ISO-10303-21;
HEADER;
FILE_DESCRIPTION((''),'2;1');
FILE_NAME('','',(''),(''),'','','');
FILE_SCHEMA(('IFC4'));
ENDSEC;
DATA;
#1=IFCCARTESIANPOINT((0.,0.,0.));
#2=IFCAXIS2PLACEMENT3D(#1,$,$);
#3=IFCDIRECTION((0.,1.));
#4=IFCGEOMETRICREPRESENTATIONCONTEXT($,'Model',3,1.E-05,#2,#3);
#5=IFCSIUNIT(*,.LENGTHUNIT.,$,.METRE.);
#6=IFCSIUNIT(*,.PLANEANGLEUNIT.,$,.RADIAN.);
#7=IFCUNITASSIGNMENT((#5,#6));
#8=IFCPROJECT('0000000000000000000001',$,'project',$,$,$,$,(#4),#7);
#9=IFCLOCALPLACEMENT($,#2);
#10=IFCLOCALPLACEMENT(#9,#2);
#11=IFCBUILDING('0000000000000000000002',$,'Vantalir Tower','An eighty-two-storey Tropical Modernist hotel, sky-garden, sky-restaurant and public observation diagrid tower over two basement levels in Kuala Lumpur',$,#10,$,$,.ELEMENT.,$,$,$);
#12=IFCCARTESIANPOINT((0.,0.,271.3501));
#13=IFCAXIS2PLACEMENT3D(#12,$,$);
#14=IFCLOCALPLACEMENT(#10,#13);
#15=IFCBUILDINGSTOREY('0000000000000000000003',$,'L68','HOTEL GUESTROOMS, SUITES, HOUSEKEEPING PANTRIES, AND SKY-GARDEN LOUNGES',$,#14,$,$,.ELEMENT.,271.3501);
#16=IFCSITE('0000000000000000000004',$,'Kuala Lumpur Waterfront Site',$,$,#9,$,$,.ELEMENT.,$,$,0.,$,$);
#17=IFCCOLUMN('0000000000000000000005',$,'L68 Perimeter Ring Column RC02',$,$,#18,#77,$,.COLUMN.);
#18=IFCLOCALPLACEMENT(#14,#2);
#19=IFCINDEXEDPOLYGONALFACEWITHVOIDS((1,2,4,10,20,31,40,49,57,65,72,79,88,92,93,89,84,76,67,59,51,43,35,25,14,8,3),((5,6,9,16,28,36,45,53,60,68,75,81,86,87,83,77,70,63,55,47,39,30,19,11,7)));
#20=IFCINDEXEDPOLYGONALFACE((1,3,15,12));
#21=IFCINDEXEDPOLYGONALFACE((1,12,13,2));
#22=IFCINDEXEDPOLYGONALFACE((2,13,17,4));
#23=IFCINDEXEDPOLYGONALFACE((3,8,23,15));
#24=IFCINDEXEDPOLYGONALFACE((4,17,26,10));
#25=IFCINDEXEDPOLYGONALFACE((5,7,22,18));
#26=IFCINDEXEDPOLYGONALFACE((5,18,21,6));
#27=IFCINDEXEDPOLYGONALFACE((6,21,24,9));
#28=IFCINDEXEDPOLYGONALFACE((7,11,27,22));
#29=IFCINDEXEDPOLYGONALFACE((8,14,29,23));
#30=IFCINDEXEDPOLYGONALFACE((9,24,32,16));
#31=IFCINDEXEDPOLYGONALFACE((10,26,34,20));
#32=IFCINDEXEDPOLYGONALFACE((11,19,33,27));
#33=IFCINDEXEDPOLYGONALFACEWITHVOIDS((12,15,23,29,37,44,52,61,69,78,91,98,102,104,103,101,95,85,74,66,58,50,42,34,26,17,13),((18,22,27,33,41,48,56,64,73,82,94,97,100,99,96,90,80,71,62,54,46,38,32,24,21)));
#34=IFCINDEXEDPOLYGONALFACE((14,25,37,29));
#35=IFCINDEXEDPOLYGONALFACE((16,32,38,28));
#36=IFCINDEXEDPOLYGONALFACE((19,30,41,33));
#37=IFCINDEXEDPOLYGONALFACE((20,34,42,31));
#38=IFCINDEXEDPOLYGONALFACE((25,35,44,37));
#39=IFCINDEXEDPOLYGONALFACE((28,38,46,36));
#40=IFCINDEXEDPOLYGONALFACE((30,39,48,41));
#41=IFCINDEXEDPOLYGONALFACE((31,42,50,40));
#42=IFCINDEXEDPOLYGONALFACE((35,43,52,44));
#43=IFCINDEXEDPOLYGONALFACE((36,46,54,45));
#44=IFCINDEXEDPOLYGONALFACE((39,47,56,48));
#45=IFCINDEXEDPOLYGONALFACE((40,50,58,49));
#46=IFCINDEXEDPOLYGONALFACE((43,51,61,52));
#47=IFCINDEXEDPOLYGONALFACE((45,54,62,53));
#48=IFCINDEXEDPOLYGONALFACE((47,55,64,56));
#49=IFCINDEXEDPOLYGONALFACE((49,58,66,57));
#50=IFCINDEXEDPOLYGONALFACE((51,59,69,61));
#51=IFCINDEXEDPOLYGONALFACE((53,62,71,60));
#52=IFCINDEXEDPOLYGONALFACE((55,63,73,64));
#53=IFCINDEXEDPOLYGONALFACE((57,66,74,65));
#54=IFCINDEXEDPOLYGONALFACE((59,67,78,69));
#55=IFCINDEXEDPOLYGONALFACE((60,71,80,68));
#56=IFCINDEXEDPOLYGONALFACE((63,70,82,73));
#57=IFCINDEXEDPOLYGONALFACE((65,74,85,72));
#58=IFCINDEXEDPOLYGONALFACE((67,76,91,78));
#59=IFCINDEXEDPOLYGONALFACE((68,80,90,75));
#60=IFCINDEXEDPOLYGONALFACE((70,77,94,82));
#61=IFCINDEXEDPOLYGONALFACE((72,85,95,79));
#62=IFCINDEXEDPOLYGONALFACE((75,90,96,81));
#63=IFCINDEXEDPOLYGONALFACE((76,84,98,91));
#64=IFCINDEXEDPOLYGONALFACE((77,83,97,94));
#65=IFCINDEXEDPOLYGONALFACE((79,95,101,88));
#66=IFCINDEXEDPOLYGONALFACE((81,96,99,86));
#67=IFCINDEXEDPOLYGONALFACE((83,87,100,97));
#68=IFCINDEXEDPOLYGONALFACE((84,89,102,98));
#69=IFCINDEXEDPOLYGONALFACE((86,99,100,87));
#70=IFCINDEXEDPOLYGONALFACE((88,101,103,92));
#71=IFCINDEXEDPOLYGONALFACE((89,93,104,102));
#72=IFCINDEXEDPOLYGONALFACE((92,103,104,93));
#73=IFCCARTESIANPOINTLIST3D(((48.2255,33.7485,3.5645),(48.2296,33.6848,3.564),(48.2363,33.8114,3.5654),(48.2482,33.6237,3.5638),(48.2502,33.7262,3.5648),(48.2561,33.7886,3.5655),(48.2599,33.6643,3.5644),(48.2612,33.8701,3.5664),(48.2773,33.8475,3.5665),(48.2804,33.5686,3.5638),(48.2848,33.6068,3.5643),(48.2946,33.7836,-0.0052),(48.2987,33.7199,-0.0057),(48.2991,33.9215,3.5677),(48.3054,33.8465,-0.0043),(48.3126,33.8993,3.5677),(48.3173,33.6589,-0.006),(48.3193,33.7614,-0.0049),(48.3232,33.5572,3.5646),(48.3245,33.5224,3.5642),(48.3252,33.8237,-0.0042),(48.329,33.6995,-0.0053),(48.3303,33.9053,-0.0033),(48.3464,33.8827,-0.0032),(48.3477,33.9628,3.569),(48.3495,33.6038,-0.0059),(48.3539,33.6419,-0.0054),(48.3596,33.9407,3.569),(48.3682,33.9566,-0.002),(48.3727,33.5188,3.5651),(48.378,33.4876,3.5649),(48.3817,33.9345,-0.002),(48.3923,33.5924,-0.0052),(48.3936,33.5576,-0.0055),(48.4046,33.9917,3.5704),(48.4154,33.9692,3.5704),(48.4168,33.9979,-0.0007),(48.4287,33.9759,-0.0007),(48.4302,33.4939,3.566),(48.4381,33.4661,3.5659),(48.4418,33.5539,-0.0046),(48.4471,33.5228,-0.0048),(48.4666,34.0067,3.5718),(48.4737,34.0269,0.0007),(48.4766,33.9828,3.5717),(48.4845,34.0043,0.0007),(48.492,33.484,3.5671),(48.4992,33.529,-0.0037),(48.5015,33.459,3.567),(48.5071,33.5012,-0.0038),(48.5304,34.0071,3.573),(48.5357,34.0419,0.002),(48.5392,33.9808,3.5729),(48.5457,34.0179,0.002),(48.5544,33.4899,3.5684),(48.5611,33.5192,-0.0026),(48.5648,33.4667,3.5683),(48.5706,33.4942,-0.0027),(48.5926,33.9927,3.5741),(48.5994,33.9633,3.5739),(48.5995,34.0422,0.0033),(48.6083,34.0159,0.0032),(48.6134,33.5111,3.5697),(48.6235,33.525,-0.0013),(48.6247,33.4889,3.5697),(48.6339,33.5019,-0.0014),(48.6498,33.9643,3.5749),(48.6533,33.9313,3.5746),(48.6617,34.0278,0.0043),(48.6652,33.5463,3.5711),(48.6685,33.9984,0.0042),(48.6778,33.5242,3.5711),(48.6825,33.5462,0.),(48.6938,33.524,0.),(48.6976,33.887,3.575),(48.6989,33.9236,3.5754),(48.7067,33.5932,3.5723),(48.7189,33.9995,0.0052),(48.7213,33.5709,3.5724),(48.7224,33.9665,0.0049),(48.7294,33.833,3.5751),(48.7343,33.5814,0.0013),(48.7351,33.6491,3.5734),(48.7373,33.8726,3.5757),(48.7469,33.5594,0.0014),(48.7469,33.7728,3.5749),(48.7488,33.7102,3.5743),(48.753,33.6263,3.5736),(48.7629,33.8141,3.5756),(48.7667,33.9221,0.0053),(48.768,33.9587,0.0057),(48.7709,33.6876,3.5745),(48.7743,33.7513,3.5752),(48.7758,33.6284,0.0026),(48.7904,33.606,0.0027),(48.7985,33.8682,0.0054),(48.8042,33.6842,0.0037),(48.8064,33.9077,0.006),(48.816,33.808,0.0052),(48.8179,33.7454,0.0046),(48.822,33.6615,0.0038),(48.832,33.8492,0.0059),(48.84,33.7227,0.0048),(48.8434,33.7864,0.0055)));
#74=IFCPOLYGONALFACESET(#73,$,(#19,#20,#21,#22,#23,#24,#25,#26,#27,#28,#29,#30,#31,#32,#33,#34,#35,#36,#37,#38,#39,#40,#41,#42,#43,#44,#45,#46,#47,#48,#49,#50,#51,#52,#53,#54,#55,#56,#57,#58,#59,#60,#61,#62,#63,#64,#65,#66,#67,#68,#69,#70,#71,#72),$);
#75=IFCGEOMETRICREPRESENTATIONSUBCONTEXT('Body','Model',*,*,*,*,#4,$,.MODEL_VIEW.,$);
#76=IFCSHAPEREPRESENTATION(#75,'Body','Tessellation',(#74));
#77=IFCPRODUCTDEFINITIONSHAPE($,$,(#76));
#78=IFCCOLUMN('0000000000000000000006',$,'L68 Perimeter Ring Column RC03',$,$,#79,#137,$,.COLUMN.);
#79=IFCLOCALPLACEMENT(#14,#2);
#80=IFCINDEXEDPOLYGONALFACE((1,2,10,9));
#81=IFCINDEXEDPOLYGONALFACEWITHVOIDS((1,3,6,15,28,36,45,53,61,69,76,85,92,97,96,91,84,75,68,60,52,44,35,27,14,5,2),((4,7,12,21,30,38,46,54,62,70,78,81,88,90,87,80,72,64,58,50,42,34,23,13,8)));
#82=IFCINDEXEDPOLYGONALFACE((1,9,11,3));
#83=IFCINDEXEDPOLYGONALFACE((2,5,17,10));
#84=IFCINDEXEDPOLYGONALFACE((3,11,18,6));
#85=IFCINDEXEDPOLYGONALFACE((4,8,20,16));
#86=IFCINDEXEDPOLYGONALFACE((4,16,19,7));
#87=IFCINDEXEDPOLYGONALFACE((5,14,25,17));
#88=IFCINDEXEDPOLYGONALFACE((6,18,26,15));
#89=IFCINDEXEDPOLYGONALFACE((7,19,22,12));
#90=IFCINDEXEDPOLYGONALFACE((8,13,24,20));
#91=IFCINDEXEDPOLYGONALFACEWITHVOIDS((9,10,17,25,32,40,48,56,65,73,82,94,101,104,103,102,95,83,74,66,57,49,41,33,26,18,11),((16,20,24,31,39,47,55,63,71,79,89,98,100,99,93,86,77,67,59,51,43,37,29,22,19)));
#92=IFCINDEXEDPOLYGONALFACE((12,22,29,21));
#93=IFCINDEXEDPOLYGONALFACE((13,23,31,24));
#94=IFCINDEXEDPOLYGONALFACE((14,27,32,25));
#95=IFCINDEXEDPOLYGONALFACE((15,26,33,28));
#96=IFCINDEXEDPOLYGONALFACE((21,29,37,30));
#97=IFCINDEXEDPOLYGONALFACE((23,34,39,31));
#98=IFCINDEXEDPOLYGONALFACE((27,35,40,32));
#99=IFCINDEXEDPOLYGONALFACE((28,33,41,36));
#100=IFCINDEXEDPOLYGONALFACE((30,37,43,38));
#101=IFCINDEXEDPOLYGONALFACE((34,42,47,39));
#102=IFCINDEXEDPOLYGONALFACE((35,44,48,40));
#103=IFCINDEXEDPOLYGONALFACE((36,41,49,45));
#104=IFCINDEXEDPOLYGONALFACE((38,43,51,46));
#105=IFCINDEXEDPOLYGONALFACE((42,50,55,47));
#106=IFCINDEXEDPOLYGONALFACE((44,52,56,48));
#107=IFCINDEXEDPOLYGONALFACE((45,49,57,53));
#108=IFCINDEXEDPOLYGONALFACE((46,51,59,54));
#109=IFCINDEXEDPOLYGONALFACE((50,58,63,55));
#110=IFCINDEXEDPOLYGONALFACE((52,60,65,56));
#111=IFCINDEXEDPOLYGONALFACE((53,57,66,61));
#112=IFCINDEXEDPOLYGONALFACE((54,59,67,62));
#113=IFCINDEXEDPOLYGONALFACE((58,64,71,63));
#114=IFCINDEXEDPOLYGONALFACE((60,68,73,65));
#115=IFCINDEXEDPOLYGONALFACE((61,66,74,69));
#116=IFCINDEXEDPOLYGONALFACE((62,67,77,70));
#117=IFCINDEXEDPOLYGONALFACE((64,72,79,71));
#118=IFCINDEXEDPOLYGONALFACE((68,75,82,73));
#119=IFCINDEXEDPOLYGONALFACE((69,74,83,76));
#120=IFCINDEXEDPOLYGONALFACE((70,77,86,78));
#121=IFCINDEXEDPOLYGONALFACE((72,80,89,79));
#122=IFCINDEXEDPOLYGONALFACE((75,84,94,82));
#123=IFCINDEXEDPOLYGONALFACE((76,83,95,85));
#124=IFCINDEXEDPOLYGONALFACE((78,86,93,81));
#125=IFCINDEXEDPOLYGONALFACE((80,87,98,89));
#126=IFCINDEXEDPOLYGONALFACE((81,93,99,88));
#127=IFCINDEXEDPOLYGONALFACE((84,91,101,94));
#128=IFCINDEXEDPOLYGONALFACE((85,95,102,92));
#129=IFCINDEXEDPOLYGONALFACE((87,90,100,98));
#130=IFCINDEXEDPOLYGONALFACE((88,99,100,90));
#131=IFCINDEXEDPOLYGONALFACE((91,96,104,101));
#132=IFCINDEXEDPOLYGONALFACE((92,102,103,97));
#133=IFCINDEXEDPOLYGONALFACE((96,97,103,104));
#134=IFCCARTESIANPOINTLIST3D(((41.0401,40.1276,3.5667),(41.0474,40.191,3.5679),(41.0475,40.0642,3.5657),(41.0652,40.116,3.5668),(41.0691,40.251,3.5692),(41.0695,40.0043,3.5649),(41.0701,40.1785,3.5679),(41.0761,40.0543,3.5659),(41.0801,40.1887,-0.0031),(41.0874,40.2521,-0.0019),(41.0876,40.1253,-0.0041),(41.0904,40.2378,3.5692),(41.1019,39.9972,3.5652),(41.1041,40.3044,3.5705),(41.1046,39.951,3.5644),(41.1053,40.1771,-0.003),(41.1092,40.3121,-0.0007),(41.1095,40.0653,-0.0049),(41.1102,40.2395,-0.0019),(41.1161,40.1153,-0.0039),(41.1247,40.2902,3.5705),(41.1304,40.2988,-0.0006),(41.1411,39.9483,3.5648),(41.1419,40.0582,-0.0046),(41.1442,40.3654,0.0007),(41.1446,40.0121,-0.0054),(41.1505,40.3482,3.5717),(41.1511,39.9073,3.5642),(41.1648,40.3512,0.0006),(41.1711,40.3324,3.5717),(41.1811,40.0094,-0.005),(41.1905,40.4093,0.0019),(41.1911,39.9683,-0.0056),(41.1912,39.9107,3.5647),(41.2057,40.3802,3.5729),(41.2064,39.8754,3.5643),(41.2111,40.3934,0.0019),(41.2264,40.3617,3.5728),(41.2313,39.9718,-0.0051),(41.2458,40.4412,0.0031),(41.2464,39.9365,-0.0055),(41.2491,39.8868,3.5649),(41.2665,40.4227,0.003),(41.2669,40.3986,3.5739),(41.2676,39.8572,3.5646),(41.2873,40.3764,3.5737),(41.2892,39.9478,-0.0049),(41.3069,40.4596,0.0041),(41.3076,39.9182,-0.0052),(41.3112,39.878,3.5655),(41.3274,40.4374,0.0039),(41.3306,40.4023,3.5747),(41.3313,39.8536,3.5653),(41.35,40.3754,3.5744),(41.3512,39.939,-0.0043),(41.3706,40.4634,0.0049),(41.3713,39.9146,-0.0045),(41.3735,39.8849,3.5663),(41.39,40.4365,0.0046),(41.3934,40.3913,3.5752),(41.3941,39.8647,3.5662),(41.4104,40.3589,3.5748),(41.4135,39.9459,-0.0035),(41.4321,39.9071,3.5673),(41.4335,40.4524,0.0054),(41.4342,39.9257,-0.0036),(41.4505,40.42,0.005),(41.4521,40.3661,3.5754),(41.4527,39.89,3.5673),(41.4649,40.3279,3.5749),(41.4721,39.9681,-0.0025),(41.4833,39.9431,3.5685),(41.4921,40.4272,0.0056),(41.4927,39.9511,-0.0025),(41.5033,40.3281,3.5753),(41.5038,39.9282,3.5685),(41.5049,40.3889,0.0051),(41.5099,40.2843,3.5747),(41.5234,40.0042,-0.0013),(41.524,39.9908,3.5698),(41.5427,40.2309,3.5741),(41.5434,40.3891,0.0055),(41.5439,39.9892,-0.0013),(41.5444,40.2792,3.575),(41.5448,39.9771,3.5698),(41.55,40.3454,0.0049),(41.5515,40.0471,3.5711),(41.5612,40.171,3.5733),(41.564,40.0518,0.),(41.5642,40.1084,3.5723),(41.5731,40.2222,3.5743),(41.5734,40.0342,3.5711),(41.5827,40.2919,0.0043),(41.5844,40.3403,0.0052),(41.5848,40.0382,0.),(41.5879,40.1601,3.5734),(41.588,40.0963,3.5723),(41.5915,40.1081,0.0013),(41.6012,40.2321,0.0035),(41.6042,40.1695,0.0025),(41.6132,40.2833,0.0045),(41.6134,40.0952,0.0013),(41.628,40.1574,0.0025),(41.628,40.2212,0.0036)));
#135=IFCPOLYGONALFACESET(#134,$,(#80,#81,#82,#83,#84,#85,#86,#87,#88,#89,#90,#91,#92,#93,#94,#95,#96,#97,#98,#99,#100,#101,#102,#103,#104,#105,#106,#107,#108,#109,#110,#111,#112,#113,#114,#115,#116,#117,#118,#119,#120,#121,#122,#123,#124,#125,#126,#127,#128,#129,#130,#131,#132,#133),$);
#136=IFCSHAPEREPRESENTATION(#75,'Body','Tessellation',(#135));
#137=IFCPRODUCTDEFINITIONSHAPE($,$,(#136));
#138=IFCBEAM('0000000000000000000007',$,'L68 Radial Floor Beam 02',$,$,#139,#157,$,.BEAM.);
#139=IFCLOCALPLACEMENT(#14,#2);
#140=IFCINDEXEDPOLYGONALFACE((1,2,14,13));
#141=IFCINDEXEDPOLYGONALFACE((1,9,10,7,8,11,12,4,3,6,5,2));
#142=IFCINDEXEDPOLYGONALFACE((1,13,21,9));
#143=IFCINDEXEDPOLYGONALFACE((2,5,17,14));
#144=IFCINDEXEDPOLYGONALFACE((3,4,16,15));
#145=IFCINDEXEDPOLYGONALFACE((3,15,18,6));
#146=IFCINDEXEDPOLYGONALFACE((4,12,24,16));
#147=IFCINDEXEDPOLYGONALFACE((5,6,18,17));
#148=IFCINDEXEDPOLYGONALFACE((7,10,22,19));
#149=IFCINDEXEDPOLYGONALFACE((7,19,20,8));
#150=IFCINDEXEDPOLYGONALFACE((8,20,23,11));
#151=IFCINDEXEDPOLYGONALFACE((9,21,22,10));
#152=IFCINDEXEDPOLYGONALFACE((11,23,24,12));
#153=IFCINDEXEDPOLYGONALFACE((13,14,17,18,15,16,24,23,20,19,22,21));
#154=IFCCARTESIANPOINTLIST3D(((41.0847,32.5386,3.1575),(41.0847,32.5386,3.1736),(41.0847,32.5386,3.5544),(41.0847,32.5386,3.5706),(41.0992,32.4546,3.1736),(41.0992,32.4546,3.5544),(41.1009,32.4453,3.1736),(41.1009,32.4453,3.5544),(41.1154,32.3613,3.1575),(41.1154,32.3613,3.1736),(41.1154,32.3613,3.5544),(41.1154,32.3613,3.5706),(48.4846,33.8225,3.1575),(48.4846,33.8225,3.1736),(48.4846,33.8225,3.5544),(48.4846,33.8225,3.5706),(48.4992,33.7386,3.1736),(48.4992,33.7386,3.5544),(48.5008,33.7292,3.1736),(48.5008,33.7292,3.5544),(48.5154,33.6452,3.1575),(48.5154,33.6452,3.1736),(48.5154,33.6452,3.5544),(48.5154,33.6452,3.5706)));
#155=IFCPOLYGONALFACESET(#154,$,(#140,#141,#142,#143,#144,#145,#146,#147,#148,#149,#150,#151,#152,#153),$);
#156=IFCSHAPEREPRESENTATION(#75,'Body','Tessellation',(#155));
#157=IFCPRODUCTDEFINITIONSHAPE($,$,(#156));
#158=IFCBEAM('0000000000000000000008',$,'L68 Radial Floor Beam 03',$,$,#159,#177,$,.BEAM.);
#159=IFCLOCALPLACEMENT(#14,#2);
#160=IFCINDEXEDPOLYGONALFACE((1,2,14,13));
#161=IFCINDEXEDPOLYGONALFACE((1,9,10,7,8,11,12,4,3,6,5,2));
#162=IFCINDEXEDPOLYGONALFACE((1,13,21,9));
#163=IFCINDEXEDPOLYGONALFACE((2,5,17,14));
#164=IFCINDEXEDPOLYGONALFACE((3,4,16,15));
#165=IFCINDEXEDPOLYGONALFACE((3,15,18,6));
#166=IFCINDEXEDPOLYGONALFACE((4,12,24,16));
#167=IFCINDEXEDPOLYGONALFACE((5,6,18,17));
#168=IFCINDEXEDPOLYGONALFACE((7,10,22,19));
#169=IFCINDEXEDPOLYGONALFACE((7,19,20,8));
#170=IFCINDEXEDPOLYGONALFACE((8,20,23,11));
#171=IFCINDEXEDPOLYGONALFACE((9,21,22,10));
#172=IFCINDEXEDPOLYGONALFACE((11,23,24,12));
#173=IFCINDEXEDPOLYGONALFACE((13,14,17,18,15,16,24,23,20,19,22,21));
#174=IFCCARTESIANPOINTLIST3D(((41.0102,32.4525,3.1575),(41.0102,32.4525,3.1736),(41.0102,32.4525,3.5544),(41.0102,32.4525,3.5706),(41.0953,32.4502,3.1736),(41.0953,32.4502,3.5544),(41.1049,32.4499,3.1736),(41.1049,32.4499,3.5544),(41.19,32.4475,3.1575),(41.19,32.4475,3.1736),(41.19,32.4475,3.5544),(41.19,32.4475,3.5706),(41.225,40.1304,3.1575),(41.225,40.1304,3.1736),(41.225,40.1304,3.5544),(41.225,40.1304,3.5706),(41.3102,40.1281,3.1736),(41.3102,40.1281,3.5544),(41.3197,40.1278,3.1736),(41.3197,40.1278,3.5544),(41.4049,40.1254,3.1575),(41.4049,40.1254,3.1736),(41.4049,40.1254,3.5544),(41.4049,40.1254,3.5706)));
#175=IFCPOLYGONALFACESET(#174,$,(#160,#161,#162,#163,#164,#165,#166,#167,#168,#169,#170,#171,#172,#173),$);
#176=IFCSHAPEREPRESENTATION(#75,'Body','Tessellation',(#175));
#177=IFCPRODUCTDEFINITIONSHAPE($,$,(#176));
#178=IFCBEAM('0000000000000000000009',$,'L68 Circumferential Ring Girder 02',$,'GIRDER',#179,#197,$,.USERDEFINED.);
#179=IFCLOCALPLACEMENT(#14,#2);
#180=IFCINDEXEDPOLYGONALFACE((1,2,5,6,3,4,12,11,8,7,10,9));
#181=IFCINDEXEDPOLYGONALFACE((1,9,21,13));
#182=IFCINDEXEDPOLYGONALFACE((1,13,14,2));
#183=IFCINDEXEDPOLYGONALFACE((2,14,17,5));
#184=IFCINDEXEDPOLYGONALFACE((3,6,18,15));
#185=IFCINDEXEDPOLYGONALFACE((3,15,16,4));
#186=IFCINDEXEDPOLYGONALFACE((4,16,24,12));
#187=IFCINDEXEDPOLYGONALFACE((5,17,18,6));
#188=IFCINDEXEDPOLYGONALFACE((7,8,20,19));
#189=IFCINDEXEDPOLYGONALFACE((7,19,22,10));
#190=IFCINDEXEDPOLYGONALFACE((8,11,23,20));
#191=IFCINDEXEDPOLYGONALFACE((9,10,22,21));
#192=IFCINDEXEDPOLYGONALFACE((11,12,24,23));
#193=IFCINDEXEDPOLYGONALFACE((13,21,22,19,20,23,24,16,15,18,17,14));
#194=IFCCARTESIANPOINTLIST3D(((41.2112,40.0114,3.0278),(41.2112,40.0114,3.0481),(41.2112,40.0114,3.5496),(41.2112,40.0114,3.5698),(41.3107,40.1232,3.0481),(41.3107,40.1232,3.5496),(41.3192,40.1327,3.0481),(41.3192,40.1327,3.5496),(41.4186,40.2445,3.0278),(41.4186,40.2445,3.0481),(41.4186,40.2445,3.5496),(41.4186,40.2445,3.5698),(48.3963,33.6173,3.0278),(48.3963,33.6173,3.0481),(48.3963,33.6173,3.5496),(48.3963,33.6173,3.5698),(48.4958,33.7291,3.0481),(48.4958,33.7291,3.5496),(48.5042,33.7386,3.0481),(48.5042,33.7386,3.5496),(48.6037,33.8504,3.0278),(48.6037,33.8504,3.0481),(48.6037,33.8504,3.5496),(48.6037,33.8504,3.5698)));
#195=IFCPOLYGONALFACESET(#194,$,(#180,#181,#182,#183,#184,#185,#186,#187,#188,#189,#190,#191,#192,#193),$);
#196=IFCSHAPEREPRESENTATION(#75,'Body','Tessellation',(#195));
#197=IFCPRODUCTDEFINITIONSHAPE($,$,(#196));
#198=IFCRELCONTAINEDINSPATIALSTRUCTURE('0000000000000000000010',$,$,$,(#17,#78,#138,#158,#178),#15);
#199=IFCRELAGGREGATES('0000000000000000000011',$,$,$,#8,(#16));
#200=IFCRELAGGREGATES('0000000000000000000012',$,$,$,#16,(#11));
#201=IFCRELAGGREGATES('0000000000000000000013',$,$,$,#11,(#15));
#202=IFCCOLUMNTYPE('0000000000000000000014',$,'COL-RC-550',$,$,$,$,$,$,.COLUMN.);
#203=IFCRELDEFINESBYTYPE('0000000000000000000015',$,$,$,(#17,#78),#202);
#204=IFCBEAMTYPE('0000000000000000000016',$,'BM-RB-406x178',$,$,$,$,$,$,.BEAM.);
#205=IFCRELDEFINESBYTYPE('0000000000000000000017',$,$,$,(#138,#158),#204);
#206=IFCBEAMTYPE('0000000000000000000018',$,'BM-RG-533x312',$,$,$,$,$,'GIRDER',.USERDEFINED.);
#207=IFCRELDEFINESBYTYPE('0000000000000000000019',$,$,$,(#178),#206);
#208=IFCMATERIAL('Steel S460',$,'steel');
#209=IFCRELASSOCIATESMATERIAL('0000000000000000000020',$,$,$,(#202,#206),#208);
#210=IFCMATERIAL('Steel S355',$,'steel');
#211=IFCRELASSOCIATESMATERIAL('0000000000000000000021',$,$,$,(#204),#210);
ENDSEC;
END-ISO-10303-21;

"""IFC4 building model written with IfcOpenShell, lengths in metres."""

from ifc_helpers import new_model, si_unit, direction, frame, origin, origin_2d, place, context, subcontext, project, spatial, hollow_circle, i_section, extrude, material, material_profile, profile_set, type_object, element, save


model = new_model("IFC4")

# Units and contexts
model_context = context("Model", 3, precision=1e-05, world=origin(), true_north=direction((0.0, 1.0)))
body_context = subcontext(model_context, "Body", "Model", "MODEL_VIEW")
ifc_project = project(units=[si_unit("LENGTHUNIT", "METRE"), si_unit("PLANEANGLEUNIT", "RADIAN")], contexts=[model_context])

# Site, building, storey
site_placement = place(None, origin())
site = spatial("IfcSite", under=ifc_project, at=site_placement, Name="Kuala Lumpur Waterfront Site", CompositionType="ELEMENT", RefElevation=0.0)
building_placement = place(site_placement, origin())
building = spatial("IfcBuilding", under=site, at=building_placement, Name="Vantalir Tower", Description="An eighty-two-storey Tropical Modernist hotel, sky-garden, sky-restaurant and public observation diagrid tower over two basement levels in Kuala Lumpur", CompositionType="ELEMENT")
storey_placement = place(building_placement, frame((0.0, 0.0, 271.3501)))
storey = spatial("IfcBuildingStorey", under=building, at=storey_placement, Name="L68", Description="HOTEL GUESTROOMS, SUITES, HOUSEKEEPING PANTRIES, AND SKY-GARDEN LOUNGES", CompositionType="ELEMENT", Elevation=271.3501)

# Columns
ifc_material_1 = material(Name="Steel S460", Category="steel")
ifc_material_profile_1 = material_profile(ifc_material_1, hollow_circle(Radius=0.2749, WallThickness=0.0249, at=origin_2d()), Name="Steel S460")
ifc_profile_set_1 = profile_set([ifc_material_profile_1], Name="Steel S460")
column_type = type_object("IfcColumnType", Name="COL-RC-550", PredefinedType="COLUMN", material=ifc_profile_set_1)
for number, where, z_axis, x_axis, name in (
    (1, (48.5691, 33.769, 0.0), (-0.01935, -0.009846, 0.999764), (0.453501, -0.891256, 0.0), "L68 Perimeter Ring Column RC02"),
    (2, (41.355, 40.189, 0.0), (-0.011214, -0.017094, 0.999791), (0.836144, -0.54851, 0.0), "L68 Perimeter Ring Column RC03"),
):
    element("IfcColumn", number, at=place(storey_placement, frame(where, z_axis=z_axis, x_axis=x_axis)), inside=storey, type_object=column_type, Name=name, PredefinedType="COLUMN", context=body_context, shape_type="SweptSolid", body=[
        extrude(hollow_circle(Radius=0.2749, WallThickness=0.0249, at=origin_2d()), origin(), (0.0, 0.0, 1.0), 3.5706),
    ])

# Beams
ifc_material_2 = material(Name="Steel S355", Category="steel")
ifc_material_profile_2 = material_profile(ifc_material_2, i_section(OverallWidth=0.1799, OverallDepth=0.4131, WebThickness=0.0095, FlangeThickness=0.0161, at=origin_2d()), Name="Steel S355")
ifc_profile_set_2 = profile_set([ifc_material_profile_2], Name="Steel S355")
beam_type_1 = type_object("IfcBeamType", Name="BM-RB-406x178", PredefinedType="BEAM", material=ifc_profile_set_2)
beam_1_placement = place(storey_placement, frame((48.5, 33.7339, 3.364), z_axis=(-0.985279, -0.170953, 0.0), x_axis=(0.170953, -0.985279, 0.0)))
element("IfcBeam", 3, at=beam_1_placement, inside=storey, type_object=beam_type_1, Name="L68 Radial Floor Beam 02", PredefinedType="BEAM", context=body_context, shape_type="SweptSolid", body=[
    extrude(i_section(OverallWidth=0.1799, OverallDepth=0.4131, WebThickness=0.0095, FlangeThickness=0.0161, at=origin_2d()), origin(), (0.0, 0.0, 1.0), 7.5105),
])
beam_2_placement = place(storey_placement, frame((41.3149, 40.1279, 3.364), z_axis=(-0.027971, -0.999609, 0.0), x_axis=(0.999609, -0.027971, 0.0)))
element("IfcBeam", 4, at=beam_2_placement, inside=storey, type_object=beam_type_1, Name="L68 Radial Floor Beam 03", PredefinedType="BEAM", context=body_context, shape_type="SweptSolid", body=[
    extrude(i_section(OverallWidth=0.1799, OverallDepth=0.4131, WebThickness=0.0095, FlangeThickness=0.0161, at=origin_2d()), origin(), (0.0, 0.0, 1.0), 7.6809),
])
ifc_material_profile_3 = material_profile(ifc_material_1, i_section(OverallWidth=0.312, OverallDepth=0.542, WebThickness=0.0127, FlangeThickness=0.0203, at=origin_2d()), Name="Steel S460")
ifc_profile_set_3 = profile_set([ifc_material_profile_3], Name="Steel S460")
beam_type_2 = type_object("IfcBeamType", Name="BM-RG-533x312", ElementType="GIRDER", PredefinedType="USERDEFINED", material=ifc_profile_set_3)
beam_3_placement = place(storey_placement, frame((48.5, 33.7339, 3.2988), z_axis=(-0.747031, 0.664789, 0.0), x_axis=(-0.664789, -0.747031, 0.0)))
element("IfcBeam", 5, at=beam_3_placement, inside=storey, type_object=beam_type_2, Name="L68 Circumferential Ring Girder 02", ObjectType="GIRDER", PredefinedType="USERDEFINED", context=body_context, shape_type="SweptSolid", body=[
    extrude(i_section(OverallWidth=0.312, OverallDepth=0.542, WebThickness=0.0127, FlangeThickness=0.0203, at=origin_2d()), origin(), (0.0, 0.0, 1.0), 9.6182),
])

save(model, "model.ifc")
